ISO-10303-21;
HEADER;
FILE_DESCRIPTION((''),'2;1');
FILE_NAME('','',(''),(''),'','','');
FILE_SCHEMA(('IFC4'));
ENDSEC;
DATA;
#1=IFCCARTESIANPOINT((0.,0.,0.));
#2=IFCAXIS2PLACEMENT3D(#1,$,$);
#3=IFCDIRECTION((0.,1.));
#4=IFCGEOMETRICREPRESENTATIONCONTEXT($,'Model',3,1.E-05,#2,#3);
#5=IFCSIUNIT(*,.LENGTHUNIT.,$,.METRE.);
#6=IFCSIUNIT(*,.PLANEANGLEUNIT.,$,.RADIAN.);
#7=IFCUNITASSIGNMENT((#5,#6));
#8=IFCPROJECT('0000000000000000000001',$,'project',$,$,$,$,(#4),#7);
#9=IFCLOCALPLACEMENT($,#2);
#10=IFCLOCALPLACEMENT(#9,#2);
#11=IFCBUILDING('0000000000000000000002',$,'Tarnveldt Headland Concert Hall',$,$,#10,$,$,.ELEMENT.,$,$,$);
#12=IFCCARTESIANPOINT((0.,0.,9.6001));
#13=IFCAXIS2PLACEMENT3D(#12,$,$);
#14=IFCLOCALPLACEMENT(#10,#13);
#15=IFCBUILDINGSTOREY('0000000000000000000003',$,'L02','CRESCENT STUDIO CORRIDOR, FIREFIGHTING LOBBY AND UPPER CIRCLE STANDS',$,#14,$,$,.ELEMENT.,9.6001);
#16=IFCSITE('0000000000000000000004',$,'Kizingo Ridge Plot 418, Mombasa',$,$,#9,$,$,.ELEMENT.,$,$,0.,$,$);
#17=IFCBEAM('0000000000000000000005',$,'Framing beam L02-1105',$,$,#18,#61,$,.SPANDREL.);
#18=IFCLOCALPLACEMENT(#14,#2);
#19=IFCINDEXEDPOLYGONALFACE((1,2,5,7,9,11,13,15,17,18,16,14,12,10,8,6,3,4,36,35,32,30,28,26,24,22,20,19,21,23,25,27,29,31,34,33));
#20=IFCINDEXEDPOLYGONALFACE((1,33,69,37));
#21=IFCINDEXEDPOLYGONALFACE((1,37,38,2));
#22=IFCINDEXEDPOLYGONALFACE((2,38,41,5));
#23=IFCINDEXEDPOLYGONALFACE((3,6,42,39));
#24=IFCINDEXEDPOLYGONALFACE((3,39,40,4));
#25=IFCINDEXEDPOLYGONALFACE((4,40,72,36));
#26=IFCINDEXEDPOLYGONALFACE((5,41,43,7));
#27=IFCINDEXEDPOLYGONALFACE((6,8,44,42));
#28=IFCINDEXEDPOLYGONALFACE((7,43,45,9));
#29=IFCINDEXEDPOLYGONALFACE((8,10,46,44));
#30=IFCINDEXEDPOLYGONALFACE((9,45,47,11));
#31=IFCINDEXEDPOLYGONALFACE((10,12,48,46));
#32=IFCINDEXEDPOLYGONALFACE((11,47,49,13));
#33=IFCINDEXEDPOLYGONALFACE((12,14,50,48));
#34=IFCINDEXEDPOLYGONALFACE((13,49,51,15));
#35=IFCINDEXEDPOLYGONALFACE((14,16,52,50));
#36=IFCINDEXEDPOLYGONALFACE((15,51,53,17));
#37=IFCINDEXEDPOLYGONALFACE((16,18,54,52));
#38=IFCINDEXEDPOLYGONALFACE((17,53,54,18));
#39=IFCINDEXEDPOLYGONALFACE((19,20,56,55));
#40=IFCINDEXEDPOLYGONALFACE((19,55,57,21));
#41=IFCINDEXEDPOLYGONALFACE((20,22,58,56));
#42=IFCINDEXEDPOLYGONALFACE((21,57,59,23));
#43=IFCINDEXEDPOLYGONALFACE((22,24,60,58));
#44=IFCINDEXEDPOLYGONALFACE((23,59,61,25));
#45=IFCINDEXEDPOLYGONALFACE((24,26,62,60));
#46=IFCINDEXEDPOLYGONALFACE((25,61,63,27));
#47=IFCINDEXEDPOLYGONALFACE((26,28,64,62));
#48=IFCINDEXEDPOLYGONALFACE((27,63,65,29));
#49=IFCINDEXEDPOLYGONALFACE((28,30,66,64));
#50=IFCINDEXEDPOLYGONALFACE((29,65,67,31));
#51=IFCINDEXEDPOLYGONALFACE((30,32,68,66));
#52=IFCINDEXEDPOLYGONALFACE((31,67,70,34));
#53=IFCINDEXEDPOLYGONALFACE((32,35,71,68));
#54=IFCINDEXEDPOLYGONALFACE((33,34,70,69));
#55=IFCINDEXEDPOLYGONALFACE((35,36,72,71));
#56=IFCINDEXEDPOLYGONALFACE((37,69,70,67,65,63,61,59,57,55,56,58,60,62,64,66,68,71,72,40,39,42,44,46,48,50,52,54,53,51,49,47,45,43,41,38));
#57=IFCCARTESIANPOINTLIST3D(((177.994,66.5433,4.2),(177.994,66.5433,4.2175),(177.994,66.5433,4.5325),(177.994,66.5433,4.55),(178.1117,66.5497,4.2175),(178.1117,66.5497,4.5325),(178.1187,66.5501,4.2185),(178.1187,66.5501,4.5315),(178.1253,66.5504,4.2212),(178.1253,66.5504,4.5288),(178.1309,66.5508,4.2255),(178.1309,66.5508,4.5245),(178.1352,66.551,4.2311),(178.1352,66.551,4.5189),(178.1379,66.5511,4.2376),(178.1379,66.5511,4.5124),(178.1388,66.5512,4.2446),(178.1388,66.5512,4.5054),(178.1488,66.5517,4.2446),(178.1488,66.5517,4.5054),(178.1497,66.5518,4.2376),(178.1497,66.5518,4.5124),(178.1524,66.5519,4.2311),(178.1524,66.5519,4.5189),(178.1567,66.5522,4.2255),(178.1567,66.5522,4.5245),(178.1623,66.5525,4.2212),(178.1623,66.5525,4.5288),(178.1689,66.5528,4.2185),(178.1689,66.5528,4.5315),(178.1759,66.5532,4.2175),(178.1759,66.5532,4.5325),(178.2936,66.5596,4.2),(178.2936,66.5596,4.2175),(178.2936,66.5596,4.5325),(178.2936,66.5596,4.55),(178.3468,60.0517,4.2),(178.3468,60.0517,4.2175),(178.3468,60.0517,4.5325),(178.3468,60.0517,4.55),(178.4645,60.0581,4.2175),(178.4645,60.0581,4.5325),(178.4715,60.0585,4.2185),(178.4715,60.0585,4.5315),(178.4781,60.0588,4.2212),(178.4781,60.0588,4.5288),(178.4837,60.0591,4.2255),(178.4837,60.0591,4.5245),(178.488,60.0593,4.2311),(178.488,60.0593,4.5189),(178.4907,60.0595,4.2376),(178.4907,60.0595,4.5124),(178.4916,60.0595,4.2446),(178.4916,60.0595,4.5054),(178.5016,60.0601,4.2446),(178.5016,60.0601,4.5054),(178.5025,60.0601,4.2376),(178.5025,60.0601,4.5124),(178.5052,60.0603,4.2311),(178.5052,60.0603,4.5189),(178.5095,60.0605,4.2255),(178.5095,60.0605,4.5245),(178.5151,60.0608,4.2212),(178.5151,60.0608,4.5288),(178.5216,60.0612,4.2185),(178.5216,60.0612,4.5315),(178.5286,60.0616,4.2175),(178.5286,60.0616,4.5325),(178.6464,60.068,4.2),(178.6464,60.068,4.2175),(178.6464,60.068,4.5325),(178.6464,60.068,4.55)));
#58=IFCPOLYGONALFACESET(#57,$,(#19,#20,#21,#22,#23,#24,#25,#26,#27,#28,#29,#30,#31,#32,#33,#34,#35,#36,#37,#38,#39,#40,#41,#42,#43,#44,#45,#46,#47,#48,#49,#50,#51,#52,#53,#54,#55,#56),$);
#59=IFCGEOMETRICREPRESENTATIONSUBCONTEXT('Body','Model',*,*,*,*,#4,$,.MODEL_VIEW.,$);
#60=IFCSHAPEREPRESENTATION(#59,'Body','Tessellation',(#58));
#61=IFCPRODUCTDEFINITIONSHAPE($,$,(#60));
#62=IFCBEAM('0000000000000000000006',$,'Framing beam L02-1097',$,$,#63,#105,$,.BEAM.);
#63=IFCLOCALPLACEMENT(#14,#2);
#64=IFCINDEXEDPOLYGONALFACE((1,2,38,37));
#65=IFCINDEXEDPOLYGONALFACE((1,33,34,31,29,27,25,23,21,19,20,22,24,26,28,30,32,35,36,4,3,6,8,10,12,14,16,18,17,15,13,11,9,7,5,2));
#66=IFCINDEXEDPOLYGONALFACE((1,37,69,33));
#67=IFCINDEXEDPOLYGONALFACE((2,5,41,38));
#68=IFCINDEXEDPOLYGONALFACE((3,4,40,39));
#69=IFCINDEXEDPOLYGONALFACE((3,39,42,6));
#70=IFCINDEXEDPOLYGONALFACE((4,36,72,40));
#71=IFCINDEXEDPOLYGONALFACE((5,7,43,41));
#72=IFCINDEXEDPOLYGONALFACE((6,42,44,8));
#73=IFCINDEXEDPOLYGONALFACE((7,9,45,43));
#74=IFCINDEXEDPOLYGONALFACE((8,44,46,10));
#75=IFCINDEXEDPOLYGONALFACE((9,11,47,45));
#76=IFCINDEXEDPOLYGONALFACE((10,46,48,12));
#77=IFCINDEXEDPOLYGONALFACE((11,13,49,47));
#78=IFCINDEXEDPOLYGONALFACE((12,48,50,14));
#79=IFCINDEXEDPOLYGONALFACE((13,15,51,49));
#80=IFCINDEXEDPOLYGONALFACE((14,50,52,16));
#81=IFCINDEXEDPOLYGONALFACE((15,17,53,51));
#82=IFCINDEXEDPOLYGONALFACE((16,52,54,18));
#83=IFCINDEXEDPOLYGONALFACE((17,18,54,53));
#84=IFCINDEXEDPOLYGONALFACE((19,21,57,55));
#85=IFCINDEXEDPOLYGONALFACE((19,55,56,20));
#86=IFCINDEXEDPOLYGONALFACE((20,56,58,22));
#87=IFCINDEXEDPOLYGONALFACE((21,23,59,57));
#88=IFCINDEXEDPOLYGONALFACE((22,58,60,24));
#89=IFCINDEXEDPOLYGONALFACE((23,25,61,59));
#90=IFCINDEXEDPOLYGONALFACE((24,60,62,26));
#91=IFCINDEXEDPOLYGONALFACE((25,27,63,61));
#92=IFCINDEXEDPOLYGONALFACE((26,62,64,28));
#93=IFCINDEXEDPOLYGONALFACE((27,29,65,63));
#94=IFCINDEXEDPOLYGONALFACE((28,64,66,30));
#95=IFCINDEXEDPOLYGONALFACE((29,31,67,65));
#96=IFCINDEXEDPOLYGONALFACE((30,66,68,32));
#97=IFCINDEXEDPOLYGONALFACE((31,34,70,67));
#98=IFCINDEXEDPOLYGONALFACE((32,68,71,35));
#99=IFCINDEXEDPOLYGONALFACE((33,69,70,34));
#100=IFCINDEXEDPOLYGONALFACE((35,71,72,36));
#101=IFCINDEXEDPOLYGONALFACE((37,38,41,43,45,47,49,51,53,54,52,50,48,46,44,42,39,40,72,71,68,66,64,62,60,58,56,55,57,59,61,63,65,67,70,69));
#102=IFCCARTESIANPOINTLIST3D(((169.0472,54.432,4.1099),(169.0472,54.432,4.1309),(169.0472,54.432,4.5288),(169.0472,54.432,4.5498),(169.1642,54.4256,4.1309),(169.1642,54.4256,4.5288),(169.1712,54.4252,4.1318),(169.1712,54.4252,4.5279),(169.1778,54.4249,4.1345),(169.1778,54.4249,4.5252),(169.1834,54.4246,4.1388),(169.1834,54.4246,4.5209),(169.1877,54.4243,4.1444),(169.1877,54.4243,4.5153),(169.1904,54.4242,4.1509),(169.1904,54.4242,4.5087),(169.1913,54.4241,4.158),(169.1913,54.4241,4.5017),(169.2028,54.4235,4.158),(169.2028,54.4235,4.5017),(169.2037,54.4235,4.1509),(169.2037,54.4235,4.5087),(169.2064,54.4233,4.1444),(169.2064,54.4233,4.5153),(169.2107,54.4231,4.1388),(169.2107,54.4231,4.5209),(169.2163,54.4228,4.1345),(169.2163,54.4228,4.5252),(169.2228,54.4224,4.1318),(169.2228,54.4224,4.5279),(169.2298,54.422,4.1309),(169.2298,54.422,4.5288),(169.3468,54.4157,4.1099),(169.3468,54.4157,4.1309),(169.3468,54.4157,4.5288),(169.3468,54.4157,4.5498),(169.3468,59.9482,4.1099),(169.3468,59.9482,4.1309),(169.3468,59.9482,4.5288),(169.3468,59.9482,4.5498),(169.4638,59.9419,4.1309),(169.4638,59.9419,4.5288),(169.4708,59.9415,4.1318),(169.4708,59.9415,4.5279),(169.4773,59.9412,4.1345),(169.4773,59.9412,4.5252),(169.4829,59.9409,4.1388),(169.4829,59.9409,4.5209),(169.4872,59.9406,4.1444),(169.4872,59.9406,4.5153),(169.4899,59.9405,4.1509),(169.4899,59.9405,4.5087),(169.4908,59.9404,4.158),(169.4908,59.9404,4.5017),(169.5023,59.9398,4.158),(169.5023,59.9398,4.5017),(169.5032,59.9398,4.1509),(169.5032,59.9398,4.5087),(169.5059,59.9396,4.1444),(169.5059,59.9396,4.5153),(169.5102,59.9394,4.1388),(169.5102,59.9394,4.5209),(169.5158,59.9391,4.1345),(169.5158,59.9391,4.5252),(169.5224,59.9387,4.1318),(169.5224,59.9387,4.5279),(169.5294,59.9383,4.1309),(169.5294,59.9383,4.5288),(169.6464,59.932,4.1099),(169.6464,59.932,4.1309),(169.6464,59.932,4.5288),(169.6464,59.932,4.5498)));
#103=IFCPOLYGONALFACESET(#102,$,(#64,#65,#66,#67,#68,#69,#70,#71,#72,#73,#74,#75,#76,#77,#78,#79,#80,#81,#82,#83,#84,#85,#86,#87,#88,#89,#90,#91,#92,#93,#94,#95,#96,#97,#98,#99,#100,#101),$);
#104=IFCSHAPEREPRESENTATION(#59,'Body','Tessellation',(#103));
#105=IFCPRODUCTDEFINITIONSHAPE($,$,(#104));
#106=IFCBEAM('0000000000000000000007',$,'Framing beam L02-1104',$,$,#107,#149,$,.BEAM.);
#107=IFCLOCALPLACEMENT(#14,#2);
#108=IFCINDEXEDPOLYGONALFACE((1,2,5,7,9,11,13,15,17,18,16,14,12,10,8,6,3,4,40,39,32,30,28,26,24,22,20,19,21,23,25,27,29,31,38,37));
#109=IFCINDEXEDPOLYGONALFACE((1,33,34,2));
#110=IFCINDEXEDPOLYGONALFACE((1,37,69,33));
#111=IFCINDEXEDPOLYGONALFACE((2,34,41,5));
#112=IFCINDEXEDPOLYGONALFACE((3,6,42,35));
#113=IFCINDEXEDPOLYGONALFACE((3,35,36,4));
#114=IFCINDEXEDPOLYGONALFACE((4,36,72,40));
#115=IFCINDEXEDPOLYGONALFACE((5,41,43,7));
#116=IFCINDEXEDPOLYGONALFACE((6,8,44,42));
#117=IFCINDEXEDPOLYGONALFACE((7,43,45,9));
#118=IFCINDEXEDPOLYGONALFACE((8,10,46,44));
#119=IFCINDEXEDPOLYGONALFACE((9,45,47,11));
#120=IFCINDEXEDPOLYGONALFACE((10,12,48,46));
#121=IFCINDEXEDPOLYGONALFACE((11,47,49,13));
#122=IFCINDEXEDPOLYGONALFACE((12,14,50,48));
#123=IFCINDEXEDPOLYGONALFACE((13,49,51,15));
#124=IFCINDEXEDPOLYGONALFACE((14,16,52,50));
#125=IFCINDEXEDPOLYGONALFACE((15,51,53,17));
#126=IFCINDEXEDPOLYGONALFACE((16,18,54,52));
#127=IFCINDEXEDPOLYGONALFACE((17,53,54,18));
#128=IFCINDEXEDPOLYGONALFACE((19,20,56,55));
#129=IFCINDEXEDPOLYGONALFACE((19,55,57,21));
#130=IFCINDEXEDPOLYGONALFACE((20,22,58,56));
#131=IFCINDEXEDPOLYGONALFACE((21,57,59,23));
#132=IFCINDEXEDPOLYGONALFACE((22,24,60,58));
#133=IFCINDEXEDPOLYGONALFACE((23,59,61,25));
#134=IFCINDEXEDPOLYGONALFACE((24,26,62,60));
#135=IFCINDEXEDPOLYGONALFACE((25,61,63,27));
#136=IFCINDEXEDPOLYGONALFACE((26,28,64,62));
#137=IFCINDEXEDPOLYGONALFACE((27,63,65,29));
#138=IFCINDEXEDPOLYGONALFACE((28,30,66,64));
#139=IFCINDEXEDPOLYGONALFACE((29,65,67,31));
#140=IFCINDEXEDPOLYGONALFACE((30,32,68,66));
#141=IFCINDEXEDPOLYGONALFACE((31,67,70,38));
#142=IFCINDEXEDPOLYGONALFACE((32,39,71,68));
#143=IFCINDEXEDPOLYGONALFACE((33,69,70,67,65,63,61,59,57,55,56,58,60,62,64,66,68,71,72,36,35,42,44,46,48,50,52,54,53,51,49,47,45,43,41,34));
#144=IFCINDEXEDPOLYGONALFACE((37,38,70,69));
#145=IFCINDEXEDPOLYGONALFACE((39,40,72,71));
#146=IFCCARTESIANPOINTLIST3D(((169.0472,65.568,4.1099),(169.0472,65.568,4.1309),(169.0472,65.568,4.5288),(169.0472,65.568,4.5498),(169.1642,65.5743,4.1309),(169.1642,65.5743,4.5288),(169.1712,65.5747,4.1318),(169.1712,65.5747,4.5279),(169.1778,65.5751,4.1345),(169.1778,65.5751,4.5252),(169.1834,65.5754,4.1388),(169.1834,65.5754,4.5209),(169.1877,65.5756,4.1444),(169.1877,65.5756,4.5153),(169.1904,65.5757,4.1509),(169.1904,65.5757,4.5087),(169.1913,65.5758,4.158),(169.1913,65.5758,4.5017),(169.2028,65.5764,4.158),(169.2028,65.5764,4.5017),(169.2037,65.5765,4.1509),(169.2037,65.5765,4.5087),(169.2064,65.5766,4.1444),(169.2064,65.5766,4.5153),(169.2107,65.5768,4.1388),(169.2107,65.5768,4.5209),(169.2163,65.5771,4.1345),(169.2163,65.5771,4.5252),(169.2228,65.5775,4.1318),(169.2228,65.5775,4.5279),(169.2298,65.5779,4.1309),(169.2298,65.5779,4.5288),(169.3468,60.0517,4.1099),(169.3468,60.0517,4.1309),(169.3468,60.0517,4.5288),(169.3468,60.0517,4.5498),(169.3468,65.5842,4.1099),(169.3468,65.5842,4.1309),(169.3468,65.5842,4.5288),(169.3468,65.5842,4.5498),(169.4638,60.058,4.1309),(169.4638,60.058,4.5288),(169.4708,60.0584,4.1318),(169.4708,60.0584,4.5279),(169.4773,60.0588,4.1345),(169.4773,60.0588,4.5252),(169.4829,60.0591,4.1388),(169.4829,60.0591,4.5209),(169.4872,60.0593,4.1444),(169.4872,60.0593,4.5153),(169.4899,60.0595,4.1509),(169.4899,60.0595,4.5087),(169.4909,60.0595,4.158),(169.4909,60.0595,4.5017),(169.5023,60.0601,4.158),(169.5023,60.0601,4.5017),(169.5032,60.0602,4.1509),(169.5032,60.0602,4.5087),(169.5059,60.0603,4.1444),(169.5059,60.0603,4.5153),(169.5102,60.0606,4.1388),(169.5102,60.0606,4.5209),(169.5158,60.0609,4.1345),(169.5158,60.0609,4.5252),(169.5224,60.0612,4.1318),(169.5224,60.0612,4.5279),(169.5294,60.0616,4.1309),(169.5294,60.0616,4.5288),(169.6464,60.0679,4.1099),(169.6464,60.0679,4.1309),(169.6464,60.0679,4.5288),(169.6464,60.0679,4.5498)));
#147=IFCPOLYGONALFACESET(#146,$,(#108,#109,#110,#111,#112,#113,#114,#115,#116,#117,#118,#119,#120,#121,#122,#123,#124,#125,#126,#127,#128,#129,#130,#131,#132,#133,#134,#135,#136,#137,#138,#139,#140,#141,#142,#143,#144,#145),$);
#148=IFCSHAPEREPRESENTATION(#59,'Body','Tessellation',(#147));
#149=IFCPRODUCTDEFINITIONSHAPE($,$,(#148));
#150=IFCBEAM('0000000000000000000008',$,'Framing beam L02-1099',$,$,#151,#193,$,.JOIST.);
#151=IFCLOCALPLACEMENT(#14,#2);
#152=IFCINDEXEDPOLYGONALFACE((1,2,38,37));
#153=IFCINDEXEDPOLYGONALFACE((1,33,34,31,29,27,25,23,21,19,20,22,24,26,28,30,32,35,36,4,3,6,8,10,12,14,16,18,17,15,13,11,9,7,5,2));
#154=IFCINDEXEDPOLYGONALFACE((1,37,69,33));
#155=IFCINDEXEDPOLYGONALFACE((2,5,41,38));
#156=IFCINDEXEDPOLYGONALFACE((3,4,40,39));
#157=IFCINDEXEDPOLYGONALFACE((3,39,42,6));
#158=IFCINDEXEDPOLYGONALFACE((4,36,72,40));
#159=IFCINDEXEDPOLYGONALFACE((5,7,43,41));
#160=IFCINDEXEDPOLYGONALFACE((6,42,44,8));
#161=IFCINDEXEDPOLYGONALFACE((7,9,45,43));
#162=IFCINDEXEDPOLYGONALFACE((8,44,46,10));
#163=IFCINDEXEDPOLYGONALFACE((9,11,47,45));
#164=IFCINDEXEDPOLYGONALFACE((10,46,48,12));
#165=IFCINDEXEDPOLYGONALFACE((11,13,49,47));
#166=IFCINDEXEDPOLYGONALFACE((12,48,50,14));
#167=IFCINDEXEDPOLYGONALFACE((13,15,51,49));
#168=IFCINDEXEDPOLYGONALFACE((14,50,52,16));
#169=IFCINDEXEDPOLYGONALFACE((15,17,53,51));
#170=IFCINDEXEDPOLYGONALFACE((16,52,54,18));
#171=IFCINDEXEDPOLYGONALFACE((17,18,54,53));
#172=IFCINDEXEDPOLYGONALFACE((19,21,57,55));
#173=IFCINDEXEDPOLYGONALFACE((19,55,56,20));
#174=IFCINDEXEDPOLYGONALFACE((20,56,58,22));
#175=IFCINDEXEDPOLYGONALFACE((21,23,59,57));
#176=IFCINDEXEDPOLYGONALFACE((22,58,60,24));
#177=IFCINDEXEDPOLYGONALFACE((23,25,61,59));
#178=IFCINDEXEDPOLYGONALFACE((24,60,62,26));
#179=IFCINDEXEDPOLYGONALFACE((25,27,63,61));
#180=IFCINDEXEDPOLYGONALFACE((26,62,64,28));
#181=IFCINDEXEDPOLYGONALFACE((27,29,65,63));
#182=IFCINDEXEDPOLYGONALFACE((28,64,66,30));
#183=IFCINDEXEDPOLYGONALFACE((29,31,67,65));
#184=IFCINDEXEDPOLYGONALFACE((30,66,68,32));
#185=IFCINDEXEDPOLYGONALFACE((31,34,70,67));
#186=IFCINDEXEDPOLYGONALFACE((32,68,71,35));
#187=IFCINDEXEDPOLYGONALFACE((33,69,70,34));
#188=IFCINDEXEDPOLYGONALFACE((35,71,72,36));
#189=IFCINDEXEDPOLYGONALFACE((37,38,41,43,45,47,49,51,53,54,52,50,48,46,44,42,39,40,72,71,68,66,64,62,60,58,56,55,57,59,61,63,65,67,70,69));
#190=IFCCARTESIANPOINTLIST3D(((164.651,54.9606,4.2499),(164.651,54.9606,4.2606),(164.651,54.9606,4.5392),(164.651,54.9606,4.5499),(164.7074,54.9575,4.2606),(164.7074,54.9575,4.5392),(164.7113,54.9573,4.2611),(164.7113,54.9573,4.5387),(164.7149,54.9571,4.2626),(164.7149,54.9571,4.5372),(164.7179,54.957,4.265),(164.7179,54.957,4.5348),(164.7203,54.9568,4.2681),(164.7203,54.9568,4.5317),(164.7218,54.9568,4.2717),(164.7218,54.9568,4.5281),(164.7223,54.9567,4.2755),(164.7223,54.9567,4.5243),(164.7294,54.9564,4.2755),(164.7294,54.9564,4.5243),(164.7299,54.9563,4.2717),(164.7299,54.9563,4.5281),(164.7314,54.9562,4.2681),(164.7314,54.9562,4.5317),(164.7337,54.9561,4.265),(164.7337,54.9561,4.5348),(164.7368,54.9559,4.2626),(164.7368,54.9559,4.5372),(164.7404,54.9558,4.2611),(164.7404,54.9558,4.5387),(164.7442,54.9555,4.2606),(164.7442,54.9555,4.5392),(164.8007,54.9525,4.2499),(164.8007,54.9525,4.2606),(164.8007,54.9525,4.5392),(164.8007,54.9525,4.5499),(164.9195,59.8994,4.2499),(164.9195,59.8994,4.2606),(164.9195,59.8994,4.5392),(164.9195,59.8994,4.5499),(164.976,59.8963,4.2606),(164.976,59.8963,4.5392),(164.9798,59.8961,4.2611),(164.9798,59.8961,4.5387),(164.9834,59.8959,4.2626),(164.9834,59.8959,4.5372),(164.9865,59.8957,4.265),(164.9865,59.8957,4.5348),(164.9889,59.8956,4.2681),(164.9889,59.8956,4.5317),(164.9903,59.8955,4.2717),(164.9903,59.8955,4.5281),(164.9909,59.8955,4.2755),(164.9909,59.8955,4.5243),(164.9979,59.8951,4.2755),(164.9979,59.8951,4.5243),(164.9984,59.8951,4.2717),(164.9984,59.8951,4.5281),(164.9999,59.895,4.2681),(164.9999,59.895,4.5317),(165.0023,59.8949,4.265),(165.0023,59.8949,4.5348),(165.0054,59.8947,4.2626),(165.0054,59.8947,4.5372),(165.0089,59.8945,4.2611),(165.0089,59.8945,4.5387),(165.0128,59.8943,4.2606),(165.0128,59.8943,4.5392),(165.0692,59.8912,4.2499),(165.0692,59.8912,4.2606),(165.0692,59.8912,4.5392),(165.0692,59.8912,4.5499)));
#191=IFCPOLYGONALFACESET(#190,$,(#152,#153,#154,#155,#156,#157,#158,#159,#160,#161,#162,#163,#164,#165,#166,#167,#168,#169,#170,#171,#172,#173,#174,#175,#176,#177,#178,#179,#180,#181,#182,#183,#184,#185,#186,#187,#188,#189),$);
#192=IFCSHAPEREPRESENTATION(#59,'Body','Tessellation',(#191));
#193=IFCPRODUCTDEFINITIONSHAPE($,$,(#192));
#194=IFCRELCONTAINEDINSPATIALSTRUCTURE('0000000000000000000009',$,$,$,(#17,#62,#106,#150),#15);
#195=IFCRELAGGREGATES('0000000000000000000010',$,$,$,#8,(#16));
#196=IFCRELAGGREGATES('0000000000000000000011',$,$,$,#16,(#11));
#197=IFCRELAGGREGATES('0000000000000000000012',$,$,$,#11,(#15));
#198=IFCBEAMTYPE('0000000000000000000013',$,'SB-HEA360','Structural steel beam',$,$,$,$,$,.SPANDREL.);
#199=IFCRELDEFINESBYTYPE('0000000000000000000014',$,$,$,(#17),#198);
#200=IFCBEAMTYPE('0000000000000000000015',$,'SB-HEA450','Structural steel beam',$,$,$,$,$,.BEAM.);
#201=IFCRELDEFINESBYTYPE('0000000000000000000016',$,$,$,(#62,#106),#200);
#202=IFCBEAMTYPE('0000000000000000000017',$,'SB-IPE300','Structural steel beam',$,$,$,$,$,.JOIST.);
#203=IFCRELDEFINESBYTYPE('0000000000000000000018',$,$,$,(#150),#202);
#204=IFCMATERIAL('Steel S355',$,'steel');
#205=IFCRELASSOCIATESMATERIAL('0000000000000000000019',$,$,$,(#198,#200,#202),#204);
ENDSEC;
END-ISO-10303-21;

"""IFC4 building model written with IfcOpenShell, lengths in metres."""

from ifc_helpers import new_model, si_unit, direction, frame, origin, origin_2d, place, context, subcontext, project, spatial, i_section, extrude, material, material_profile, profile_set, type_object, element, save


model = new_model("IFC4")

# Units and contexts
model_context = context("Model", 3, precision=1e-05, world=origin(), true_north=direction((0.0, 1.0)))
body_context = subcontext(model_context, "Body", "Model", "MODEL_VIEW")
ifc_project = project(units=[si_unit("LENGTHUNIT", "METRE"), si_unit("PLANEANGLEUNIT", "RADIAN")], contexts=[model_context])

# Site, building, storey
site_placement = place(None, origin())
site = spatial("IfcSite", under=ifc_project, at=site_placement, Name="Kizingo Ridge Plot 418, Mombasa", CompositionType="ELEMENT", RefElevation=0.0)
building_placement = place(site_placement, origin())
building = spatial("IfcBuilding", under=site, at=building_placement, Name="Tarnveldt Headland Concert Hall", CompositionType="ELEMENT")
storey_placement = place(building_placement, frame((0.0, 0.0, 9.6001)))
storey = spatial("IfcBuildingStorey", under=building, at=storey_placement, Name="L02", Description="CRESCENT STUDIO CORRIDOR, FIREFIGHTING LOBBY AND UPPER CIRCLE STANDS", CompositionType="ELEMENT", Elevation=9.6001)

# Shared definitions
ifc_material_1 = material(Name="Steel S355", Category="steel")

# Beams
ifc_material_profile_1 = material_profile(ifc_material_1, i_section(OverallWidth=0.3, OverallDepth=0.3501, WebThickness=0.01, FlangeThickness=0.0176, FilletRadius=0.0271, at=origin_2d()), Name="HEA360", Category="steel")
ifc_profile_set_1 = profile_set([ifc_material_profile_1], Name="Steel S355")
beam_type_1 = type_object("IfcBeamType", Name="SB-HEA360", Description="Structural steel beam", PredefinedType="SPANDREL", material=ifc_profile_set_1)
beam_1_placement = place(storey_placement, frame((178.4966, 60.0598, 4.375), z_axis=(-0.054264, 0.998527, 0.0), x_axis=(-0.998527, -0.054264, 0.0)))
element("IfcBeam", 1, at=beam_1_placement, inside=storey, type_object=beam_type_1, Name="Framing beam L02-1105", PredefinedType="SPANDREL", context=body_context, shape_type="SweptSolid", body=[
    extrude(i_section(OverallWidth=0.3, OverallDepth=0.3501, WebThickness=0.01, FlangeThickness=0.0176, FilletRadius=0.0271, at=origin_2d()), origin(), (0.0, 0.0, 1.0), 6.5012),
])
ifc_material_profile_2 = material_profile(ifc_material_1, i_section(OverallWidth=0.3, OverallDepth=0.4399, WebThickness=0.0115, FlangeThickness=0.021, FilletRadius=0.0271, at=origin_2d()), Name="HEA450", Category="steel")
ifc_profile_set_2 = profile_set([ifc_material_profile_2], Name="Steel S355")
beam_type_2 = type_object("IfcBeamType", Name="SB-HEA450", Description="Structural steel beam", PredefinedType="BEAM", material=ifc_profile_set_2)
for number, where, z_axis, x_axis, name in (
    (2, (169.197, 54.4238, 4.3298), (0.054224, 0.998529, 0.0), (-0.998529, 0.054224, 0.0), "Framing beam L02-1097"),
    (3, (169.4966, 60.0598, 4.3298), (-0.054224, 0.998529, 0.0), (-0.998529, -0.054224, 0.0), "Framing beam L02-1104"),
):
    element("IfcBeam", number, at=place(storey_placement, frame(where, z_axis=z_axis, x_axis=x_axis)), inside=storey, type_object=beam_type_2, Name=name, PredefinedType="BEAM", context=body_context, shape_type="SweptSolid", body=[
        extrude(i_section(OverallWidth=0.3, OverallDepth=0.4399, WebThickness=0.0115, FlangeThickness=0.021, FilletRadius=0.0271, at=origin_2d()), origin(), (0.0, 0.0, 1.0), 5.5244),
    ])
ifc_material_profile_3 = material_profile(ifc_material_1, i_section(OverallWidth=0.1499, OverallDepth=0.3, WebThickness=0.0071, FlangeThickness=0.0107, FilletRadius=0.0149, at=origin_2d()), Name="IPE300", Category="steel")
ifc_profile_set_3 = profile_set([ifc_material_profile_3], Name="Steel S355")
beam_type_3 = type_object("IfcBeamType", Name="SB-IPE300", Description="Structural steel beam", PredefinedType="JOIST", material=ifc_profile_set_3)
beam_2_placement = place(storey_placement, frame((164.7258, 54.9565, 4.3999), z_axis=(0.054297, 0.998525, 0.0), x_axis=(-0.998525, 0.054297, 0.0)))
element("IfcBeam", 4, at=beam_2_placement, inside=storey, type_object=beam_type_3, Name="Framing beam L02-1099", PredefinedType="JOIST", context=body_context, shape_type="SweptSolid", body=[
    extrude(i_section(OverallWidth=0.1499, OverallDepth=0.3, WebThickness=0.0071, FlangeThickness=0.0107, FilletRadius=0.0149, at=origin_2d()), origin(), (0.0, 0.0, 1.0), 4.946),
])

save(model, "model.ifc")
